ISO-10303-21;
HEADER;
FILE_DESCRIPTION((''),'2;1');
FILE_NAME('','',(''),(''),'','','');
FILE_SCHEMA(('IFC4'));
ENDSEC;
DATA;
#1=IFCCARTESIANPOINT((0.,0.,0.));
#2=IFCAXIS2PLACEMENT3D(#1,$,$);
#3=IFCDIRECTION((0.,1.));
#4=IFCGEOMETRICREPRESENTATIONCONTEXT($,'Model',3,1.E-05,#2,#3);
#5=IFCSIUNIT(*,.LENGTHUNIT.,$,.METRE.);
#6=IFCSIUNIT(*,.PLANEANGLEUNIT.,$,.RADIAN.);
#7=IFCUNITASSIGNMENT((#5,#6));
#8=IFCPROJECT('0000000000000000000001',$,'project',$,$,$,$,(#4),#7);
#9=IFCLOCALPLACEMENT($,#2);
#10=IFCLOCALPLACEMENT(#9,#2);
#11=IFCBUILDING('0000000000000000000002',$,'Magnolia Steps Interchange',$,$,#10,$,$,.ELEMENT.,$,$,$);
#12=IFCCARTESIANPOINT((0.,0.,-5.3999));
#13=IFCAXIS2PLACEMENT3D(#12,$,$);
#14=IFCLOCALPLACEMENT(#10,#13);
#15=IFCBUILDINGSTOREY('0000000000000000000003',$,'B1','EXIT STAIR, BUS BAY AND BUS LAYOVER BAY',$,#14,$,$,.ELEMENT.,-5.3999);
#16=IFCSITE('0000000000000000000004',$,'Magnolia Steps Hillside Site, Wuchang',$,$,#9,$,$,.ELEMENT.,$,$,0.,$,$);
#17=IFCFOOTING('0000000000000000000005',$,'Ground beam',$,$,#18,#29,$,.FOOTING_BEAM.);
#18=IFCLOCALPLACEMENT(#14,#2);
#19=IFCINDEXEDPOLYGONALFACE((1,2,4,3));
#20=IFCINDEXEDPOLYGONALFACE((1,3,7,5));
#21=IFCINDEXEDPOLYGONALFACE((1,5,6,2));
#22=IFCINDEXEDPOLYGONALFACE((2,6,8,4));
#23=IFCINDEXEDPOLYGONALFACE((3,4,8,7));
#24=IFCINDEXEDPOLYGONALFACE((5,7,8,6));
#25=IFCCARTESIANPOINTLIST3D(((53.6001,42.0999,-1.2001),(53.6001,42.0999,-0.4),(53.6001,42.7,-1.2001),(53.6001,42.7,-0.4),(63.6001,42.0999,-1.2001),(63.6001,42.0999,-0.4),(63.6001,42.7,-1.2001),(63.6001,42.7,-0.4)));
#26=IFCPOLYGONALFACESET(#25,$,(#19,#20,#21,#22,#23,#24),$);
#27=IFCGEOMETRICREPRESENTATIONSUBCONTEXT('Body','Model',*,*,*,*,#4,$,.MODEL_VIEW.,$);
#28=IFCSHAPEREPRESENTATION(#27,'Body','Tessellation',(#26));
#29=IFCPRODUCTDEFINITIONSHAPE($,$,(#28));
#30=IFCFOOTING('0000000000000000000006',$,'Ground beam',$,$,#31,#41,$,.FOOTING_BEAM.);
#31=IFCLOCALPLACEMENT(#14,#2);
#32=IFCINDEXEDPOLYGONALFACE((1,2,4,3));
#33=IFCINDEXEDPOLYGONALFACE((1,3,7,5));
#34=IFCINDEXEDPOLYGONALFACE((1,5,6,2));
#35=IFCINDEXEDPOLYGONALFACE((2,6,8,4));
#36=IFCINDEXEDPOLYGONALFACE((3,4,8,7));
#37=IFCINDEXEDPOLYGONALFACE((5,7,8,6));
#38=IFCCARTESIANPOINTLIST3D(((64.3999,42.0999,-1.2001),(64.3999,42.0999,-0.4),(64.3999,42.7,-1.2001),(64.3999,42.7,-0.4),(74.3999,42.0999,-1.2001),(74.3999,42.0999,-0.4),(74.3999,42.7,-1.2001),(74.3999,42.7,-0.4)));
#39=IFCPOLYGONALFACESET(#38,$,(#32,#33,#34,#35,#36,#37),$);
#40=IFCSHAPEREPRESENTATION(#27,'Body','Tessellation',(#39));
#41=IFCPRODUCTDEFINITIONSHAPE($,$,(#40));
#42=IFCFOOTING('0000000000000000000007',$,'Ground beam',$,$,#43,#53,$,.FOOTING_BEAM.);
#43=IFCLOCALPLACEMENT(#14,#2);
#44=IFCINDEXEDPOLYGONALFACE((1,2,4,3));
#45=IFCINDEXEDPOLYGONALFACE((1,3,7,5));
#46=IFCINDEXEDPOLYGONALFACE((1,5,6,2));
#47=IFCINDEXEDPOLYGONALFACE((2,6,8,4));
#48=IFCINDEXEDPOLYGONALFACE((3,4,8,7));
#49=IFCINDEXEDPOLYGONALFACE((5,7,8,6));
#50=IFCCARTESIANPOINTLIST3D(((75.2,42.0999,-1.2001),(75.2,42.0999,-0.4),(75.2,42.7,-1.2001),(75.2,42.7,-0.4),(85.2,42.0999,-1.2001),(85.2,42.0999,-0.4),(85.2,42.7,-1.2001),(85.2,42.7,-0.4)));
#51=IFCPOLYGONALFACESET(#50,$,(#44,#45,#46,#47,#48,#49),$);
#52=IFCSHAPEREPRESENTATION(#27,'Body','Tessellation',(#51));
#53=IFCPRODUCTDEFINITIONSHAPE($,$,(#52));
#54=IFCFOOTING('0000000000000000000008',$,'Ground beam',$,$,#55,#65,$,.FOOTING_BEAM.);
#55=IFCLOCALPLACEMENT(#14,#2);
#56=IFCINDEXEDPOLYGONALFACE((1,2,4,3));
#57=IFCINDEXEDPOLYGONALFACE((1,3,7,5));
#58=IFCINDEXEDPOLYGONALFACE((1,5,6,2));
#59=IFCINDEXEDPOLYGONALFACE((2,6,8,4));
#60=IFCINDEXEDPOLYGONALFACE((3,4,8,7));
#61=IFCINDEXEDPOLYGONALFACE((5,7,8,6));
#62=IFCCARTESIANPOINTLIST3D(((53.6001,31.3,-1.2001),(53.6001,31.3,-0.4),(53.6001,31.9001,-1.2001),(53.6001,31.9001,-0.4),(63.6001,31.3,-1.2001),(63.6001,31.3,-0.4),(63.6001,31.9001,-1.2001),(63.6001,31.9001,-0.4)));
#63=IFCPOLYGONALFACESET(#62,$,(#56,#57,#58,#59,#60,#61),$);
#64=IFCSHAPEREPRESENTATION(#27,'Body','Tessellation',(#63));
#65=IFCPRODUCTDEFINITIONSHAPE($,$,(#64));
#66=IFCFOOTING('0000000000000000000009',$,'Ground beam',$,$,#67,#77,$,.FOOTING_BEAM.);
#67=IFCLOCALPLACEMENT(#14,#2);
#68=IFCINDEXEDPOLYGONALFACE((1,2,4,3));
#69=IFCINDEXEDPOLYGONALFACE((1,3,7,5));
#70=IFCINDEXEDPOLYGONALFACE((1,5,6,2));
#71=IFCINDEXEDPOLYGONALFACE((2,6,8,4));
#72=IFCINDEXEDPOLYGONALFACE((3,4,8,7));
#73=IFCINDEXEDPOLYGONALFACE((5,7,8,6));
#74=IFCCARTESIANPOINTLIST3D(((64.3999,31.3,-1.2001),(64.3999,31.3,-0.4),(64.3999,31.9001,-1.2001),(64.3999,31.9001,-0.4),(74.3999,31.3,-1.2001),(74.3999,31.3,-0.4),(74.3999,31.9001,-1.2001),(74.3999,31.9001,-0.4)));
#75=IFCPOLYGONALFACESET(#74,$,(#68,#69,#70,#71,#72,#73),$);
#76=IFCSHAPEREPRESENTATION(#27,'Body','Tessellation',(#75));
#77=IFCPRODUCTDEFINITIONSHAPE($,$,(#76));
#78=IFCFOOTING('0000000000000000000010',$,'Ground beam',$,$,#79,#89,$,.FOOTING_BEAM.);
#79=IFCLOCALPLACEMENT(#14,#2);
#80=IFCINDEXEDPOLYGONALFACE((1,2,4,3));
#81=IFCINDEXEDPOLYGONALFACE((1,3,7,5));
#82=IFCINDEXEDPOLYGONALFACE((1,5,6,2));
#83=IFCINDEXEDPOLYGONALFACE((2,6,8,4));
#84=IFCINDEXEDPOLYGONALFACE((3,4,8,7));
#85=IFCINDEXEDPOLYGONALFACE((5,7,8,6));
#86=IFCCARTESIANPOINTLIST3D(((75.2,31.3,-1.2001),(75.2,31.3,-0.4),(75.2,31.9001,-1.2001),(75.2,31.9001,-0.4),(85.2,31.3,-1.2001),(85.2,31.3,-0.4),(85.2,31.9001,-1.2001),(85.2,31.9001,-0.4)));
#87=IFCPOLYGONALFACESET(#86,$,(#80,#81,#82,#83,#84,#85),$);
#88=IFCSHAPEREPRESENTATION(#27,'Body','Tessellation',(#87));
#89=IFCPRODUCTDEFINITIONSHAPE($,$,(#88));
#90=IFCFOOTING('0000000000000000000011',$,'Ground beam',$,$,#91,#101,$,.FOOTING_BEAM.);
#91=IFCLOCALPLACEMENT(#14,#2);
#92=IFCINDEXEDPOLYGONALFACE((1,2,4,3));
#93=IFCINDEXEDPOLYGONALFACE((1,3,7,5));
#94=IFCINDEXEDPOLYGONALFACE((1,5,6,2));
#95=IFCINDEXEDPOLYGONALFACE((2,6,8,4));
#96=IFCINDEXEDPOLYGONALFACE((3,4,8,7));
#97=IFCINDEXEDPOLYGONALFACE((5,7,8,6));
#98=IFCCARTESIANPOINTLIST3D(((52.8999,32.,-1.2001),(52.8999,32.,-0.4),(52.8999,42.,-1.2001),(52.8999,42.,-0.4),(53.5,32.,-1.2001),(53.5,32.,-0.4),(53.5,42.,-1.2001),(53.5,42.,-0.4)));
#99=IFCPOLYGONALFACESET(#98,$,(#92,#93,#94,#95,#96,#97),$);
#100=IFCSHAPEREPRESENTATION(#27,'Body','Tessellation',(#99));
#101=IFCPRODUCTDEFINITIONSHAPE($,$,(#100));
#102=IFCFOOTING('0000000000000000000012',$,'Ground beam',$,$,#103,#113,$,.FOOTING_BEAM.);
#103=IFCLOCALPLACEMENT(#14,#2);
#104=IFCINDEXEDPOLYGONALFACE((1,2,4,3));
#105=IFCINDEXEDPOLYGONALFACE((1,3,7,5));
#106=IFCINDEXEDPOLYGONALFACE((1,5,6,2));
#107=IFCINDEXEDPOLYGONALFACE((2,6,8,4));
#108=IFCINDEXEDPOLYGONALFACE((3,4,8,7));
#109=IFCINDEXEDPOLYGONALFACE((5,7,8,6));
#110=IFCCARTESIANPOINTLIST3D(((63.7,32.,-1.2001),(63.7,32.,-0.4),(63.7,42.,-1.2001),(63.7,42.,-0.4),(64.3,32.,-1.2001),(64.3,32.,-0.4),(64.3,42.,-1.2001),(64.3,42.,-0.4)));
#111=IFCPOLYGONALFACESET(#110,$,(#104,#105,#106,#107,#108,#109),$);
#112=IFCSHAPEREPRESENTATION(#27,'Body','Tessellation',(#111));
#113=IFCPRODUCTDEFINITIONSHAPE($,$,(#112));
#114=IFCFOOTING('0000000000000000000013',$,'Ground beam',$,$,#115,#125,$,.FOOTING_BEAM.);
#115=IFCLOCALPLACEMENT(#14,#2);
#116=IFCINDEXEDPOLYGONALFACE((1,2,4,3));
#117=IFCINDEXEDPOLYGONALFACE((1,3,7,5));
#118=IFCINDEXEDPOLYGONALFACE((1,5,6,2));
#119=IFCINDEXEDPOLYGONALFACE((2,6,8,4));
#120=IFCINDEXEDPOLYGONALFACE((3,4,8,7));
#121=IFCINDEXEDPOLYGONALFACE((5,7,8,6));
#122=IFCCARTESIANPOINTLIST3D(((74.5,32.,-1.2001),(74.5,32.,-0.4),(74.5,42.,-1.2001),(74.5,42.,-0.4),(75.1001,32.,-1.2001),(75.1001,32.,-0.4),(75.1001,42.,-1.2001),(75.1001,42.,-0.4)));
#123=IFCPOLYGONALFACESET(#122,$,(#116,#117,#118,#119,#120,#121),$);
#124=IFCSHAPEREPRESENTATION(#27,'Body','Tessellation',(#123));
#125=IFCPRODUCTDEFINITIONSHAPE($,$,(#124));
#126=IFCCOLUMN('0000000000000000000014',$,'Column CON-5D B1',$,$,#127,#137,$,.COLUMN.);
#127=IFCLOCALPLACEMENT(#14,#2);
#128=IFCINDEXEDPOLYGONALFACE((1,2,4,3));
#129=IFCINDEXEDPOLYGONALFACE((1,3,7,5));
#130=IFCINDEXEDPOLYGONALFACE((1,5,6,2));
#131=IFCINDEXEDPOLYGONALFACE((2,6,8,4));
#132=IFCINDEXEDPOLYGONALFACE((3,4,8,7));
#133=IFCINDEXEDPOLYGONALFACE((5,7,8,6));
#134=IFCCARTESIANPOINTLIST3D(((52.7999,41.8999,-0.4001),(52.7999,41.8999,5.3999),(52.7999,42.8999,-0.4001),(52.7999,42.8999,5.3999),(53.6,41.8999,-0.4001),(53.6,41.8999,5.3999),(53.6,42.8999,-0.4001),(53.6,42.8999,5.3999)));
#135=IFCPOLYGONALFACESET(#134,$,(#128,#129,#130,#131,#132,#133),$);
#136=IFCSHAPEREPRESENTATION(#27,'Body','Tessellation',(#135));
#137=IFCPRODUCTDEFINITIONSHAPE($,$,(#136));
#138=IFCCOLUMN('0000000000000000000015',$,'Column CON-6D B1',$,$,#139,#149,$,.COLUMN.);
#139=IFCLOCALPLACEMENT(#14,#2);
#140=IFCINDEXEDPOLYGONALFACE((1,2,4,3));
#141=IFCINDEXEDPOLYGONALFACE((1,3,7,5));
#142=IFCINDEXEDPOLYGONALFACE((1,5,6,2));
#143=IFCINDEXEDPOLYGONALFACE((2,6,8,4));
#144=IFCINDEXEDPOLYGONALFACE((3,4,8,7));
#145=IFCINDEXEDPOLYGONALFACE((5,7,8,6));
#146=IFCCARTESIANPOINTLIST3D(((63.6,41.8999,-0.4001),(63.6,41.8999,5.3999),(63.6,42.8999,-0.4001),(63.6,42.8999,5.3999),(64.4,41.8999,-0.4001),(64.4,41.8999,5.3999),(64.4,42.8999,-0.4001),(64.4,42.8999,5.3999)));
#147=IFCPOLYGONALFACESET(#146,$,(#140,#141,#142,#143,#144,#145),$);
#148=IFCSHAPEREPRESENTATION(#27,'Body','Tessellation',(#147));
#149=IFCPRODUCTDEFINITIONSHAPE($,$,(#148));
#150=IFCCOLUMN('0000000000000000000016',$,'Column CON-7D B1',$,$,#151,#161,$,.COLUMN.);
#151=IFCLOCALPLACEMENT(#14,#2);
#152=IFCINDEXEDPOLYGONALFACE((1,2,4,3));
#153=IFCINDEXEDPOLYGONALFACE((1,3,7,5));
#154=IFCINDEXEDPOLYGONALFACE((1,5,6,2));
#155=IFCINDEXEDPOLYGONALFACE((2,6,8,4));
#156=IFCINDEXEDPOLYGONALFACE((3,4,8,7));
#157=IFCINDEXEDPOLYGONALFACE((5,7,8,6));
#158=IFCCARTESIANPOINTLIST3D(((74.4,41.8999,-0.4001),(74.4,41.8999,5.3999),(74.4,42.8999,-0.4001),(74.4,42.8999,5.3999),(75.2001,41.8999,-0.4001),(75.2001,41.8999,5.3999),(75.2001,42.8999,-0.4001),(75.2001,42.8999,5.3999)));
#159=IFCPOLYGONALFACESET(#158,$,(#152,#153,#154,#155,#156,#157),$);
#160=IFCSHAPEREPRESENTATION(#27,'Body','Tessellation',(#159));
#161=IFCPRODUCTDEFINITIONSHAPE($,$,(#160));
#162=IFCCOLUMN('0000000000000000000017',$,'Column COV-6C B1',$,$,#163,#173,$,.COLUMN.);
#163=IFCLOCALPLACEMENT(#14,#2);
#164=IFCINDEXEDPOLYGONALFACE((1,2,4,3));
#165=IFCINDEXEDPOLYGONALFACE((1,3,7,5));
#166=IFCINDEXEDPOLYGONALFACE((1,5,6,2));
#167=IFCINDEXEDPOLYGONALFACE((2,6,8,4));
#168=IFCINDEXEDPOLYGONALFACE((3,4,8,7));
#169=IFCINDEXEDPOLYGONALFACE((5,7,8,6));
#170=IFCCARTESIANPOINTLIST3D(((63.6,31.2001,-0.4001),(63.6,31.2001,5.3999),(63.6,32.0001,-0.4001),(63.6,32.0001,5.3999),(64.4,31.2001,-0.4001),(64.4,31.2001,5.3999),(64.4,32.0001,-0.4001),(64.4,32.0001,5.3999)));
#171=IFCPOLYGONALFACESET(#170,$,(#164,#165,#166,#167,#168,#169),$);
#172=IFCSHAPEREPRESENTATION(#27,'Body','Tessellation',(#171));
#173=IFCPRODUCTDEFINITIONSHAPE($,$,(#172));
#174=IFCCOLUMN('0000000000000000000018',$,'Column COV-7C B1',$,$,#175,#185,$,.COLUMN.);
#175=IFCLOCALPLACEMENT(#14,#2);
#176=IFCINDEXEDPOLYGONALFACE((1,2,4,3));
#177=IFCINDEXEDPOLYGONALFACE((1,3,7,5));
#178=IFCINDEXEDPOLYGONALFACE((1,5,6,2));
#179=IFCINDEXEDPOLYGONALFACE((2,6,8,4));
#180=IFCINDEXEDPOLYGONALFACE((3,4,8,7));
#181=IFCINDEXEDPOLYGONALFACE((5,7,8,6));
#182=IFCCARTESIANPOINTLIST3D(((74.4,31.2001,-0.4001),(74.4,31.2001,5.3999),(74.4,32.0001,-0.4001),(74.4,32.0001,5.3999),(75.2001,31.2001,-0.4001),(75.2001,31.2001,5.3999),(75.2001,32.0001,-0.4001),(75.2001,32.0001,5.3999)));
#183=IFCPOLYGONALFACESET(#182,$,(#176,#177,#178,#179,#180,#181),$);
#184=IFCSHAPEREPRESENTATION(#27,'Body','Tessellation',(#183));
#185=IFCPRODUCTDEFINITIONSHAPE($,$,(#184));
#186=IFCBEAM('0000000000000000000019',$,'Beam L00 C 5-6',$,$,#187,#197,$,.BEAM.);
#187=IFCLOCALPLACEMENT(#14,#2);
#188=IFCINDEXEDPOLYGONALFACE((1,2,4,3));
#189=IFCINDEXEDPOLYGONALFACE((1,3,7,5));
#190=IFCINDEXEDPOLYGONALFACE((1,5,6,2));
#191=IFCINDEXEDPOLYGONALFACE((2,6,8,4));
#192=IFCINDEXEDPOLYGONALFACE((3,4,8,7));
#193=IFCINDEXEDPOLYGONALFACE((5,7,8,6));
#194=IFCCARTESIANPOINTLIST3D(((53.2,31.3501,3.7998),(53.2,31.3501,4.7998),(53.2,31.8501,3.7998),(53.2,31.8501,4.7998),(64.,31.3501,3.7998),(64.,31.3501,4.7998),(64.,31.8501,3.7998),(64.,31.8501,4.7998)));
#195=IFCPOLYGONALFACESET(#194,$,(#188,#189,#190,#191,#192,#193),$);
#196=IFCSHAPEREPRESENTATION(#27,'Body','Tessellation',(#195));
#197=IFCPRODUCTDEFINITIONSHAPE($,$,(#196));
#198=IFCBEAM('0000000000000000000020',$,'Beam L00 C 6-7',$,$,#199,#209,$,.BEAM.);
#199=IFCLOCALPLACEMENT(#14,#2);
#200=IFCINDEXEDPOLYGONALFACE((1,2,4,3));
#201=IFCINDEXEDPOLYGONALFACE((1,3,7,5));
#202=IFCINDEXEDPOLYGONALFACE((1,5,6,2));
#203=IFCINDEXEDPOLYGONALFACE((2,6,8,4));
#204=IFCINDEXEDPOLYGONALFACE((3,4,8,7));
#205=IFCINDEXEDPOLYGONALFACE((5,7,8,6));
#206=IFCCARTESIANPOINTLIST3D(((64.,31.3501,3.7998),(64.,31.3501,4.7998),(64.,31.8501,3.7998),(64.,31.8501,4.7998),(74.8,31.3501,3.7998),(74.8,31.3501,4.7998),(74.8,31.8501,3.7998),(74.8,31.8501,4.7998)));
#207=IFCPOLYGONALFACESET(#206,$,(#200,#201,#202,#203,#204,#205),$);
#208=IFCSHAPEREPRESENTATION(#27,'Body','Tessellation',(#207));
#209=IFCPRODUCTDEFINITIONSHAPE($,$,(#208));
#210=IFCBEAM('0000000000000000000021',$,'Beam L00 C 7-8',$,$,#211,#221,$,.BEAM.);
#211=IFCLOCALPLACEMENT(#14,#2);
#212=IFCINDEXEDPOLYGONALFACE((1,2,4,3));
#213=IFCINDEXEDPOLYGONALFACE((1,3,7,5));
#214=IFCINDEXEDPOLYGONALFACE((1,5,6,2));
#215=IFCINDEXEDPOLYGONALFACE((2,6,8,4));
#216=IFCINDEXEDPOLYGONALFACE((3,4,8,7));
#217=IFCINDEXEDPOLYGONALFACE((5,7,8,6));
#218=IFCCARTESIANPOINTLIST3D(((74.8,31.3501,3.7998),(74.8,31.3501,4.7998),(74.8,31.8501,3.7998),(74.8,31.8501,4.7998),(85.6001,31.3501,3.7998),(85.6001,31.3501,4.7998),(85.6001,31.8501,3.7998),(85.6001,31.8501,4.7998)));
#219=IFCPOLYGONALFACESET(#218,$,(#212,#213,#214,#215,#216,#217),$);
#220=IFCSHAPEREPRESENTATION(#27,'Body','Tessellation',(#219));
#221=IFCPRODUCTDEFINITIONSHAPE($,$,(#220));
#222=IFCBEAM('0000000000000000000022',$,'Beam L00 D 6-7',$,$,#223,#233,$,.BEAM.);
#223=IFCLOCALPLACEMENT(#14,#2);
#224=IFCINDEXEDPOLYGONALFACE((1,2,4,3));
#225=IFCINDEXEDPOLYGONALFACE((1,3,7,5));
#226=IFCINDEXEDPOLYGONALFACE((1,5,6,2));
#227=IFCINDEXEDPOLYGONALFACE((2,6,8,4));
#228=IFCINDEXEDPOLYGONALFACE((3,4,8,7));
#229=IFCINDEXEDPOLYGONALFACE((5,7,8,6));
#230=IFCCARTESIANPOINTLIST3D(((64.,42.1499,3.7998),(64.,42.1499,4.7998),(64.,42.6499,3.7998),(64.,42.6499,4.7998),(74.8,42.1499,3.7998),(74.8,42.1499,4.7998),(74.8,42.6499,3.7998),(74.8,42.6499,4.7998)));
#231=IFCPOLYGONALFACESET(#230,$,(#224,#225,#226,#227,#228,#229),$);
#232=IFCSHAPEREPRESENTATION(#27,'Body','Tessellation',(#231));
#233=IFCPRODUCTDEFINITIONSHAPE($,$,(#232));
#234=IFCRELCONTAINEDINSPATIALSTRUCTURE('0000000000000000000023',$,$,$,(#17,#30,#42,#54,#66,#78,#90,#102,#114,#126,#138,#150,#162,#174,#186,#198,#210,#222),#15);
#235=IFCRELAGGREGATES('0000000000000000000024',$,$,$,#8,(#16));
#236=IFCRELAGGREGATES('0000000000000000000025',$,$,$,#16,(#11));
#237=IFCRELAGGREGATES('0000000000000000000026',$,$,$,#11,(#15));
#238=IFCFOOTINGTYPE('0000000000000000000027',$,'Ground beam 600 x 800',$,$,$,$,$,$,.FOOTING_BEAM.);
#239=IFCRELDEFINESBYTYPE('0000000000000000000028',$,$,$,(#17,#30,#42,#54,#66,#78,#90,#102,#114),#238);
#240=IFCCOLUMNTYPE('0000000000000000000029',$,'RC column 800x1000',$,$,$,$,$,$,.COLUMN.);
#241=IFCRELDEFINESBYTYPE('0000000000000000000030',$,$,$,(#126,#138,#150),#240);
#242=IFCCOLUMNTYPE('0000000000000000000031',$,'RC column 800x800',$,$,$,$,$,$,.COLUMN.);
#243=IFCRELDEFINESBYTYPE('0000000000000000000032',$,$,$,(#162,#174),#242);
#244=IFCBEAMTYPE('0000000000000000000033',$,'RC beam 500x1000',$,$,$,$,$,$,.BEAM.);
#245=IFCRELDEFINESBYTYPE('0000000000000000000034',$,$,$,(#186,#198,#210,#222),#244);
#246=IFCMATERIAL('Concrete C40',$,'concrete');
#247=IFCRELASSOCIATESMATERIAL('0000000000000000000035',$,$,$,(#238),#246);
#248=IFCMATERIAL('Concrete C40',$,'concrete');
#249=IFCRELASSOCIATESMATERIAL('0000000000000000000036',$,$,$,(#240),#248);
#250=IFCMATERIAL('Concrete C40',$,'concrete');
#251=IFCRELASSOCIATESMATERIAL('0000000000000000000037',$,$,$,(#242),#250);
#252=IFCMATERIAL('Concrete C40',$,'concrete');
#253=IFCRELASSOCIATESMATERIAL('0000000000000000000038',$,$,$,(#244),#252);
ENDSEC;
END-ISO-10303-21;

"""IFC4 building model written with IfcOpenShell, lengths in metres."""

from ifc_helpers import new_model, si_unit, direction, frame, origin, origin_2d, place, context, subcontext, project, spatial, rectangle, extrude, material, material_profile, profile_set, type_object, element, save


model = new_model("IFC4")

# Units and contexts
model_context = context("Model", 3, precision=1e-05, world=origin(), true_north=direction((0.0, 1.0)))
body_context = subcontext(model_context, "Body", "Model", "MODEL_VIEW")
ifc_project = project(units=[si_unit("LENGTHUNIT", "METRE"), si_unit("PLANEANGLEUNIT", "RADIAN")], contexts=[model_context])

# Site, building, storey
site_placement = place(None, origin())
site = spatial("IfcSite", under=ifc_project, at=site_placement, Name="Magnolia Steps Hillside Site, Wuchang", CompositionType="ELEMENT", RefElevation=0.0)
building_placement = place(site_placement, origin())
building = spatial("IfcBuilding", under=site, at=building_placement, Name="Magnolia Steps Interchange", CompositionType="ELEMENT")
storey_placement = place(building_placement, frame((0.0, 0.0, -5.3999)))
storey = spatial("IfcBuildingStorey", under=building, at=storey_placement, Name="B1", Description="EXIT STAIR, BUS BAY AND BUS LAYOVER BAY", CompositionType="ELEMENT", Elevation=-5.3999)

# Footings
ifc_material_1 = material(Name="Concrete C40", Category="concrete")
ifc_material_profile_1 = material_profile(ifc_material_1, rectangle(XDim=0.6001, YDim=0.8, at=origin_2d()), Name="RC600x800")
ifc_profile_set_1 = profile_set([ifc_material_profile_1], Name="Concrete C40")
footing_type = type_object("IfcFootingType", Name="Ground beam 600 x 800", PredefinedType="FOOTING_BEAM", material=ifc_profile_set_1)
for number, where, z_axis, x_axis, name in (
    (1, (53.6001, 42.3999, -0.8), (1.0, 0.0, 0.0), (0.0, 1.0, 0.0), "Ground beam"),
    (2, (64.3999, 42.3999, -0.8), (1.0, 0.0, 0.0), (0.0, 1.0, 0.0), "Ground beam"),
    (3, (75.2, 42.3999, -0.8), (1.0, 0.0, 0.0), (0.0, 1.0, 0.0), "Ground beam"),
    (4, (53.6001, 31.6001, -0.8), (1.0, 0.0, 0.0), (0.0, 1.0, 0.0), "Ground beam"),
    (5, (64.3999, 31.6001, -0.8), (1.0, 0.0, 0.0), (0.0, 1.0, 0.0), "Ground beam"),
    (6, (75.2, 31.6001, -0.8), (1.0, 0.0, 0.0), (0.0, 1.0, 0.0), "Ground beam"),
    (7, (53.2, 32.0, -0.8), (0.0, 1.0, 0.0), (-1.0, 0.0, 0.0), "Ground beam"),
    (8, (64.0, 32.0, -0.8), (0.0, 1.0, 0.0), (-1.0, 0.0, 0.0), "Ground beam"),
    (9, (74.8, 32.0, -0.8), (0.0, 1.0, 0.0), (-1.0, 0.0, 0.0), "Ground beam"),
):
    element("IfcFooting", number, at=place(storey_placement, frame(where, z_axis=z_axis, x_axis=x_axis)), inside=storey, type_object=footing_type, Name=name, PredefinedType="FOOTING_BEAM", context=body_context, shape_type="SweptSolid", body=[
        extrude(rectangle(XDim=0.6001, YDim=0.8, at=origin_2d()), origin(), (0.0, 0.0, 1.0), 10.0),
    ])

# Columns
ifc_material_2 = material(Name="Concrete C40", Category="concrete")
ifc_material_profile_2 = material_profile(ifc_material_2, rectangle(XDim=0.8, YDim=1.0, at=origin_2d()), Name="RC800x1000")
ifc_profile_set_2 = profile_set([ifc_material_profile_2], Name="Concrete C40")
column_type_1 = type_object("IfcColumnType", Name="RC column 800x1000", PredefinedType="COLUMN", material=ifc_profile_set_2)
for number, where, z_axis, x_axis, name in (
    (10, (53.2, 42.3999, -0.4001), (0.0, 0.0, 1.0), (1.0, 0.0, 0.0), "Column CON-5D B1"),
    (11, (64.0, 42.3999, -0.4001), (0.0, 0.0, 1.0), (1.0, 0.0, 0.0), "Column CON-6D B1"),
    (12, (74.8, 42.3999, -0.4001), (0.0, 0.0, 1.0), (1.0, 0.0, 0.0), "Column CON-7D B1"),
):
    element("IfcColumn", number, at=place(storey_placement, frame(where, z_axis=z_axis, x_axis=x_axis)), inside=storey, type_object=column_type_1, Name=name, PredefinedType="COLUMN", context=body_context, shape_type="SweptSolid", body=[
        extrude(rectangle(XDim=0.8, YDim=1.0, at=origin_2d()), origin(), (0.0, 0.0, 1.0), 5.8),
    ])
ifc_material_3 = material(Name="Concrete C40", Category="concrete")
ifc_material_profile_3 = material_profile(ifc_material_3, rectangle(XDim=0.8, YDim=0.8, at=origin_2d()), Name="RC800x800")
ifc_profile_set_3 = profile_set([ifc_material_profile_3], Name="Concrete C40")
column_type_2 = type_object("IfcColumnType", Name="RC column 800x800", PredefinedType="COLUMN", material=ifc_profile_set_3)
for number, where, z_axis, x_axis, name in (
    (13, (64.0, 31.6001, -0.4001), (0.0, 0.0, 1.0), (1.0, 0.0, 0.0), "Column COV-6C B1"),
    (14, (74.8, 31.6001, -0.4001), (0.0, 0.0, 1.0), (1.0, 0.0, 0.0), "Column COV-7C B1"),
):
    element("IfcColumn", number, at=place(storey_placement, frame(where, z_axis=z_axis, x_axis=x_axis)), inside=storey, type_object=column_type_2, Name=name, PredefinedType="COLUMN", context=body_context, shape_type="SweptSolid", body=[
        extrude(rectangle(XDim=0.8, YDim=0.8, at=origin_2d()), origin(), (0.0, 0.0, 1.0), 5.8),
    ])

# Beams
ifc_material_4 = material(Name="Concrete C40", Category="concrete")
ifc_material_profile_4 = material_profile(ifc_material_4, rectangle(XDim=0.5, YDim=1.0, at=origin_2d()), Name="RC500x1000")
ifc_profile_set_4 = profile_set([ifc_material_profile_4], Name="Concrete C40")
beam_type = type_object("IfcBeamType", Name="RC beam 500x1000", PredefinedType="BEAM", material=ifc_profile_set_4)
for number, where, z_axis, x_axis, name in (
    (15, (53.2, 31.6001, 4.2998), (1.0, 0.0, 0.0), (0.0, 1.0, 0.0), "Beam L00 C 5-6"),
    (16, (64.0, 31.6001, 4.2998), (1.0, 0.0, 0.0), (0.0, 1.0, 0.0), "Beam L00 C 6-7"),
    (17, (74.8, 31.6001, 4.2998), (1.0, 0.0, 0.0), (0.0, 1.0, 0.0), "Beam L00 C 7-8"),
    (18, (64.0, 42.3999, 4.2998), (1.0, 0.0, 0.0), (0.0, 1.0, 0.0), "Beam L00 D 6-7"),
):
    element("IfcBeam", number, at=place(storey_placement, frame(where, z_axis=z_axis, x_axis=x_axis)), inside=storey, type_object=beam_type, Name=name, PredefinedType="BEAM", context=body_context, shape_type="SweptSolid", body=[
        extrude(rectangle(XDim=0.5, YDim=1.0, at=origin_2d()), origin(), (0.0, 0.0, 1.0), 10.8),
    ])

save(model, "model.ifc")
